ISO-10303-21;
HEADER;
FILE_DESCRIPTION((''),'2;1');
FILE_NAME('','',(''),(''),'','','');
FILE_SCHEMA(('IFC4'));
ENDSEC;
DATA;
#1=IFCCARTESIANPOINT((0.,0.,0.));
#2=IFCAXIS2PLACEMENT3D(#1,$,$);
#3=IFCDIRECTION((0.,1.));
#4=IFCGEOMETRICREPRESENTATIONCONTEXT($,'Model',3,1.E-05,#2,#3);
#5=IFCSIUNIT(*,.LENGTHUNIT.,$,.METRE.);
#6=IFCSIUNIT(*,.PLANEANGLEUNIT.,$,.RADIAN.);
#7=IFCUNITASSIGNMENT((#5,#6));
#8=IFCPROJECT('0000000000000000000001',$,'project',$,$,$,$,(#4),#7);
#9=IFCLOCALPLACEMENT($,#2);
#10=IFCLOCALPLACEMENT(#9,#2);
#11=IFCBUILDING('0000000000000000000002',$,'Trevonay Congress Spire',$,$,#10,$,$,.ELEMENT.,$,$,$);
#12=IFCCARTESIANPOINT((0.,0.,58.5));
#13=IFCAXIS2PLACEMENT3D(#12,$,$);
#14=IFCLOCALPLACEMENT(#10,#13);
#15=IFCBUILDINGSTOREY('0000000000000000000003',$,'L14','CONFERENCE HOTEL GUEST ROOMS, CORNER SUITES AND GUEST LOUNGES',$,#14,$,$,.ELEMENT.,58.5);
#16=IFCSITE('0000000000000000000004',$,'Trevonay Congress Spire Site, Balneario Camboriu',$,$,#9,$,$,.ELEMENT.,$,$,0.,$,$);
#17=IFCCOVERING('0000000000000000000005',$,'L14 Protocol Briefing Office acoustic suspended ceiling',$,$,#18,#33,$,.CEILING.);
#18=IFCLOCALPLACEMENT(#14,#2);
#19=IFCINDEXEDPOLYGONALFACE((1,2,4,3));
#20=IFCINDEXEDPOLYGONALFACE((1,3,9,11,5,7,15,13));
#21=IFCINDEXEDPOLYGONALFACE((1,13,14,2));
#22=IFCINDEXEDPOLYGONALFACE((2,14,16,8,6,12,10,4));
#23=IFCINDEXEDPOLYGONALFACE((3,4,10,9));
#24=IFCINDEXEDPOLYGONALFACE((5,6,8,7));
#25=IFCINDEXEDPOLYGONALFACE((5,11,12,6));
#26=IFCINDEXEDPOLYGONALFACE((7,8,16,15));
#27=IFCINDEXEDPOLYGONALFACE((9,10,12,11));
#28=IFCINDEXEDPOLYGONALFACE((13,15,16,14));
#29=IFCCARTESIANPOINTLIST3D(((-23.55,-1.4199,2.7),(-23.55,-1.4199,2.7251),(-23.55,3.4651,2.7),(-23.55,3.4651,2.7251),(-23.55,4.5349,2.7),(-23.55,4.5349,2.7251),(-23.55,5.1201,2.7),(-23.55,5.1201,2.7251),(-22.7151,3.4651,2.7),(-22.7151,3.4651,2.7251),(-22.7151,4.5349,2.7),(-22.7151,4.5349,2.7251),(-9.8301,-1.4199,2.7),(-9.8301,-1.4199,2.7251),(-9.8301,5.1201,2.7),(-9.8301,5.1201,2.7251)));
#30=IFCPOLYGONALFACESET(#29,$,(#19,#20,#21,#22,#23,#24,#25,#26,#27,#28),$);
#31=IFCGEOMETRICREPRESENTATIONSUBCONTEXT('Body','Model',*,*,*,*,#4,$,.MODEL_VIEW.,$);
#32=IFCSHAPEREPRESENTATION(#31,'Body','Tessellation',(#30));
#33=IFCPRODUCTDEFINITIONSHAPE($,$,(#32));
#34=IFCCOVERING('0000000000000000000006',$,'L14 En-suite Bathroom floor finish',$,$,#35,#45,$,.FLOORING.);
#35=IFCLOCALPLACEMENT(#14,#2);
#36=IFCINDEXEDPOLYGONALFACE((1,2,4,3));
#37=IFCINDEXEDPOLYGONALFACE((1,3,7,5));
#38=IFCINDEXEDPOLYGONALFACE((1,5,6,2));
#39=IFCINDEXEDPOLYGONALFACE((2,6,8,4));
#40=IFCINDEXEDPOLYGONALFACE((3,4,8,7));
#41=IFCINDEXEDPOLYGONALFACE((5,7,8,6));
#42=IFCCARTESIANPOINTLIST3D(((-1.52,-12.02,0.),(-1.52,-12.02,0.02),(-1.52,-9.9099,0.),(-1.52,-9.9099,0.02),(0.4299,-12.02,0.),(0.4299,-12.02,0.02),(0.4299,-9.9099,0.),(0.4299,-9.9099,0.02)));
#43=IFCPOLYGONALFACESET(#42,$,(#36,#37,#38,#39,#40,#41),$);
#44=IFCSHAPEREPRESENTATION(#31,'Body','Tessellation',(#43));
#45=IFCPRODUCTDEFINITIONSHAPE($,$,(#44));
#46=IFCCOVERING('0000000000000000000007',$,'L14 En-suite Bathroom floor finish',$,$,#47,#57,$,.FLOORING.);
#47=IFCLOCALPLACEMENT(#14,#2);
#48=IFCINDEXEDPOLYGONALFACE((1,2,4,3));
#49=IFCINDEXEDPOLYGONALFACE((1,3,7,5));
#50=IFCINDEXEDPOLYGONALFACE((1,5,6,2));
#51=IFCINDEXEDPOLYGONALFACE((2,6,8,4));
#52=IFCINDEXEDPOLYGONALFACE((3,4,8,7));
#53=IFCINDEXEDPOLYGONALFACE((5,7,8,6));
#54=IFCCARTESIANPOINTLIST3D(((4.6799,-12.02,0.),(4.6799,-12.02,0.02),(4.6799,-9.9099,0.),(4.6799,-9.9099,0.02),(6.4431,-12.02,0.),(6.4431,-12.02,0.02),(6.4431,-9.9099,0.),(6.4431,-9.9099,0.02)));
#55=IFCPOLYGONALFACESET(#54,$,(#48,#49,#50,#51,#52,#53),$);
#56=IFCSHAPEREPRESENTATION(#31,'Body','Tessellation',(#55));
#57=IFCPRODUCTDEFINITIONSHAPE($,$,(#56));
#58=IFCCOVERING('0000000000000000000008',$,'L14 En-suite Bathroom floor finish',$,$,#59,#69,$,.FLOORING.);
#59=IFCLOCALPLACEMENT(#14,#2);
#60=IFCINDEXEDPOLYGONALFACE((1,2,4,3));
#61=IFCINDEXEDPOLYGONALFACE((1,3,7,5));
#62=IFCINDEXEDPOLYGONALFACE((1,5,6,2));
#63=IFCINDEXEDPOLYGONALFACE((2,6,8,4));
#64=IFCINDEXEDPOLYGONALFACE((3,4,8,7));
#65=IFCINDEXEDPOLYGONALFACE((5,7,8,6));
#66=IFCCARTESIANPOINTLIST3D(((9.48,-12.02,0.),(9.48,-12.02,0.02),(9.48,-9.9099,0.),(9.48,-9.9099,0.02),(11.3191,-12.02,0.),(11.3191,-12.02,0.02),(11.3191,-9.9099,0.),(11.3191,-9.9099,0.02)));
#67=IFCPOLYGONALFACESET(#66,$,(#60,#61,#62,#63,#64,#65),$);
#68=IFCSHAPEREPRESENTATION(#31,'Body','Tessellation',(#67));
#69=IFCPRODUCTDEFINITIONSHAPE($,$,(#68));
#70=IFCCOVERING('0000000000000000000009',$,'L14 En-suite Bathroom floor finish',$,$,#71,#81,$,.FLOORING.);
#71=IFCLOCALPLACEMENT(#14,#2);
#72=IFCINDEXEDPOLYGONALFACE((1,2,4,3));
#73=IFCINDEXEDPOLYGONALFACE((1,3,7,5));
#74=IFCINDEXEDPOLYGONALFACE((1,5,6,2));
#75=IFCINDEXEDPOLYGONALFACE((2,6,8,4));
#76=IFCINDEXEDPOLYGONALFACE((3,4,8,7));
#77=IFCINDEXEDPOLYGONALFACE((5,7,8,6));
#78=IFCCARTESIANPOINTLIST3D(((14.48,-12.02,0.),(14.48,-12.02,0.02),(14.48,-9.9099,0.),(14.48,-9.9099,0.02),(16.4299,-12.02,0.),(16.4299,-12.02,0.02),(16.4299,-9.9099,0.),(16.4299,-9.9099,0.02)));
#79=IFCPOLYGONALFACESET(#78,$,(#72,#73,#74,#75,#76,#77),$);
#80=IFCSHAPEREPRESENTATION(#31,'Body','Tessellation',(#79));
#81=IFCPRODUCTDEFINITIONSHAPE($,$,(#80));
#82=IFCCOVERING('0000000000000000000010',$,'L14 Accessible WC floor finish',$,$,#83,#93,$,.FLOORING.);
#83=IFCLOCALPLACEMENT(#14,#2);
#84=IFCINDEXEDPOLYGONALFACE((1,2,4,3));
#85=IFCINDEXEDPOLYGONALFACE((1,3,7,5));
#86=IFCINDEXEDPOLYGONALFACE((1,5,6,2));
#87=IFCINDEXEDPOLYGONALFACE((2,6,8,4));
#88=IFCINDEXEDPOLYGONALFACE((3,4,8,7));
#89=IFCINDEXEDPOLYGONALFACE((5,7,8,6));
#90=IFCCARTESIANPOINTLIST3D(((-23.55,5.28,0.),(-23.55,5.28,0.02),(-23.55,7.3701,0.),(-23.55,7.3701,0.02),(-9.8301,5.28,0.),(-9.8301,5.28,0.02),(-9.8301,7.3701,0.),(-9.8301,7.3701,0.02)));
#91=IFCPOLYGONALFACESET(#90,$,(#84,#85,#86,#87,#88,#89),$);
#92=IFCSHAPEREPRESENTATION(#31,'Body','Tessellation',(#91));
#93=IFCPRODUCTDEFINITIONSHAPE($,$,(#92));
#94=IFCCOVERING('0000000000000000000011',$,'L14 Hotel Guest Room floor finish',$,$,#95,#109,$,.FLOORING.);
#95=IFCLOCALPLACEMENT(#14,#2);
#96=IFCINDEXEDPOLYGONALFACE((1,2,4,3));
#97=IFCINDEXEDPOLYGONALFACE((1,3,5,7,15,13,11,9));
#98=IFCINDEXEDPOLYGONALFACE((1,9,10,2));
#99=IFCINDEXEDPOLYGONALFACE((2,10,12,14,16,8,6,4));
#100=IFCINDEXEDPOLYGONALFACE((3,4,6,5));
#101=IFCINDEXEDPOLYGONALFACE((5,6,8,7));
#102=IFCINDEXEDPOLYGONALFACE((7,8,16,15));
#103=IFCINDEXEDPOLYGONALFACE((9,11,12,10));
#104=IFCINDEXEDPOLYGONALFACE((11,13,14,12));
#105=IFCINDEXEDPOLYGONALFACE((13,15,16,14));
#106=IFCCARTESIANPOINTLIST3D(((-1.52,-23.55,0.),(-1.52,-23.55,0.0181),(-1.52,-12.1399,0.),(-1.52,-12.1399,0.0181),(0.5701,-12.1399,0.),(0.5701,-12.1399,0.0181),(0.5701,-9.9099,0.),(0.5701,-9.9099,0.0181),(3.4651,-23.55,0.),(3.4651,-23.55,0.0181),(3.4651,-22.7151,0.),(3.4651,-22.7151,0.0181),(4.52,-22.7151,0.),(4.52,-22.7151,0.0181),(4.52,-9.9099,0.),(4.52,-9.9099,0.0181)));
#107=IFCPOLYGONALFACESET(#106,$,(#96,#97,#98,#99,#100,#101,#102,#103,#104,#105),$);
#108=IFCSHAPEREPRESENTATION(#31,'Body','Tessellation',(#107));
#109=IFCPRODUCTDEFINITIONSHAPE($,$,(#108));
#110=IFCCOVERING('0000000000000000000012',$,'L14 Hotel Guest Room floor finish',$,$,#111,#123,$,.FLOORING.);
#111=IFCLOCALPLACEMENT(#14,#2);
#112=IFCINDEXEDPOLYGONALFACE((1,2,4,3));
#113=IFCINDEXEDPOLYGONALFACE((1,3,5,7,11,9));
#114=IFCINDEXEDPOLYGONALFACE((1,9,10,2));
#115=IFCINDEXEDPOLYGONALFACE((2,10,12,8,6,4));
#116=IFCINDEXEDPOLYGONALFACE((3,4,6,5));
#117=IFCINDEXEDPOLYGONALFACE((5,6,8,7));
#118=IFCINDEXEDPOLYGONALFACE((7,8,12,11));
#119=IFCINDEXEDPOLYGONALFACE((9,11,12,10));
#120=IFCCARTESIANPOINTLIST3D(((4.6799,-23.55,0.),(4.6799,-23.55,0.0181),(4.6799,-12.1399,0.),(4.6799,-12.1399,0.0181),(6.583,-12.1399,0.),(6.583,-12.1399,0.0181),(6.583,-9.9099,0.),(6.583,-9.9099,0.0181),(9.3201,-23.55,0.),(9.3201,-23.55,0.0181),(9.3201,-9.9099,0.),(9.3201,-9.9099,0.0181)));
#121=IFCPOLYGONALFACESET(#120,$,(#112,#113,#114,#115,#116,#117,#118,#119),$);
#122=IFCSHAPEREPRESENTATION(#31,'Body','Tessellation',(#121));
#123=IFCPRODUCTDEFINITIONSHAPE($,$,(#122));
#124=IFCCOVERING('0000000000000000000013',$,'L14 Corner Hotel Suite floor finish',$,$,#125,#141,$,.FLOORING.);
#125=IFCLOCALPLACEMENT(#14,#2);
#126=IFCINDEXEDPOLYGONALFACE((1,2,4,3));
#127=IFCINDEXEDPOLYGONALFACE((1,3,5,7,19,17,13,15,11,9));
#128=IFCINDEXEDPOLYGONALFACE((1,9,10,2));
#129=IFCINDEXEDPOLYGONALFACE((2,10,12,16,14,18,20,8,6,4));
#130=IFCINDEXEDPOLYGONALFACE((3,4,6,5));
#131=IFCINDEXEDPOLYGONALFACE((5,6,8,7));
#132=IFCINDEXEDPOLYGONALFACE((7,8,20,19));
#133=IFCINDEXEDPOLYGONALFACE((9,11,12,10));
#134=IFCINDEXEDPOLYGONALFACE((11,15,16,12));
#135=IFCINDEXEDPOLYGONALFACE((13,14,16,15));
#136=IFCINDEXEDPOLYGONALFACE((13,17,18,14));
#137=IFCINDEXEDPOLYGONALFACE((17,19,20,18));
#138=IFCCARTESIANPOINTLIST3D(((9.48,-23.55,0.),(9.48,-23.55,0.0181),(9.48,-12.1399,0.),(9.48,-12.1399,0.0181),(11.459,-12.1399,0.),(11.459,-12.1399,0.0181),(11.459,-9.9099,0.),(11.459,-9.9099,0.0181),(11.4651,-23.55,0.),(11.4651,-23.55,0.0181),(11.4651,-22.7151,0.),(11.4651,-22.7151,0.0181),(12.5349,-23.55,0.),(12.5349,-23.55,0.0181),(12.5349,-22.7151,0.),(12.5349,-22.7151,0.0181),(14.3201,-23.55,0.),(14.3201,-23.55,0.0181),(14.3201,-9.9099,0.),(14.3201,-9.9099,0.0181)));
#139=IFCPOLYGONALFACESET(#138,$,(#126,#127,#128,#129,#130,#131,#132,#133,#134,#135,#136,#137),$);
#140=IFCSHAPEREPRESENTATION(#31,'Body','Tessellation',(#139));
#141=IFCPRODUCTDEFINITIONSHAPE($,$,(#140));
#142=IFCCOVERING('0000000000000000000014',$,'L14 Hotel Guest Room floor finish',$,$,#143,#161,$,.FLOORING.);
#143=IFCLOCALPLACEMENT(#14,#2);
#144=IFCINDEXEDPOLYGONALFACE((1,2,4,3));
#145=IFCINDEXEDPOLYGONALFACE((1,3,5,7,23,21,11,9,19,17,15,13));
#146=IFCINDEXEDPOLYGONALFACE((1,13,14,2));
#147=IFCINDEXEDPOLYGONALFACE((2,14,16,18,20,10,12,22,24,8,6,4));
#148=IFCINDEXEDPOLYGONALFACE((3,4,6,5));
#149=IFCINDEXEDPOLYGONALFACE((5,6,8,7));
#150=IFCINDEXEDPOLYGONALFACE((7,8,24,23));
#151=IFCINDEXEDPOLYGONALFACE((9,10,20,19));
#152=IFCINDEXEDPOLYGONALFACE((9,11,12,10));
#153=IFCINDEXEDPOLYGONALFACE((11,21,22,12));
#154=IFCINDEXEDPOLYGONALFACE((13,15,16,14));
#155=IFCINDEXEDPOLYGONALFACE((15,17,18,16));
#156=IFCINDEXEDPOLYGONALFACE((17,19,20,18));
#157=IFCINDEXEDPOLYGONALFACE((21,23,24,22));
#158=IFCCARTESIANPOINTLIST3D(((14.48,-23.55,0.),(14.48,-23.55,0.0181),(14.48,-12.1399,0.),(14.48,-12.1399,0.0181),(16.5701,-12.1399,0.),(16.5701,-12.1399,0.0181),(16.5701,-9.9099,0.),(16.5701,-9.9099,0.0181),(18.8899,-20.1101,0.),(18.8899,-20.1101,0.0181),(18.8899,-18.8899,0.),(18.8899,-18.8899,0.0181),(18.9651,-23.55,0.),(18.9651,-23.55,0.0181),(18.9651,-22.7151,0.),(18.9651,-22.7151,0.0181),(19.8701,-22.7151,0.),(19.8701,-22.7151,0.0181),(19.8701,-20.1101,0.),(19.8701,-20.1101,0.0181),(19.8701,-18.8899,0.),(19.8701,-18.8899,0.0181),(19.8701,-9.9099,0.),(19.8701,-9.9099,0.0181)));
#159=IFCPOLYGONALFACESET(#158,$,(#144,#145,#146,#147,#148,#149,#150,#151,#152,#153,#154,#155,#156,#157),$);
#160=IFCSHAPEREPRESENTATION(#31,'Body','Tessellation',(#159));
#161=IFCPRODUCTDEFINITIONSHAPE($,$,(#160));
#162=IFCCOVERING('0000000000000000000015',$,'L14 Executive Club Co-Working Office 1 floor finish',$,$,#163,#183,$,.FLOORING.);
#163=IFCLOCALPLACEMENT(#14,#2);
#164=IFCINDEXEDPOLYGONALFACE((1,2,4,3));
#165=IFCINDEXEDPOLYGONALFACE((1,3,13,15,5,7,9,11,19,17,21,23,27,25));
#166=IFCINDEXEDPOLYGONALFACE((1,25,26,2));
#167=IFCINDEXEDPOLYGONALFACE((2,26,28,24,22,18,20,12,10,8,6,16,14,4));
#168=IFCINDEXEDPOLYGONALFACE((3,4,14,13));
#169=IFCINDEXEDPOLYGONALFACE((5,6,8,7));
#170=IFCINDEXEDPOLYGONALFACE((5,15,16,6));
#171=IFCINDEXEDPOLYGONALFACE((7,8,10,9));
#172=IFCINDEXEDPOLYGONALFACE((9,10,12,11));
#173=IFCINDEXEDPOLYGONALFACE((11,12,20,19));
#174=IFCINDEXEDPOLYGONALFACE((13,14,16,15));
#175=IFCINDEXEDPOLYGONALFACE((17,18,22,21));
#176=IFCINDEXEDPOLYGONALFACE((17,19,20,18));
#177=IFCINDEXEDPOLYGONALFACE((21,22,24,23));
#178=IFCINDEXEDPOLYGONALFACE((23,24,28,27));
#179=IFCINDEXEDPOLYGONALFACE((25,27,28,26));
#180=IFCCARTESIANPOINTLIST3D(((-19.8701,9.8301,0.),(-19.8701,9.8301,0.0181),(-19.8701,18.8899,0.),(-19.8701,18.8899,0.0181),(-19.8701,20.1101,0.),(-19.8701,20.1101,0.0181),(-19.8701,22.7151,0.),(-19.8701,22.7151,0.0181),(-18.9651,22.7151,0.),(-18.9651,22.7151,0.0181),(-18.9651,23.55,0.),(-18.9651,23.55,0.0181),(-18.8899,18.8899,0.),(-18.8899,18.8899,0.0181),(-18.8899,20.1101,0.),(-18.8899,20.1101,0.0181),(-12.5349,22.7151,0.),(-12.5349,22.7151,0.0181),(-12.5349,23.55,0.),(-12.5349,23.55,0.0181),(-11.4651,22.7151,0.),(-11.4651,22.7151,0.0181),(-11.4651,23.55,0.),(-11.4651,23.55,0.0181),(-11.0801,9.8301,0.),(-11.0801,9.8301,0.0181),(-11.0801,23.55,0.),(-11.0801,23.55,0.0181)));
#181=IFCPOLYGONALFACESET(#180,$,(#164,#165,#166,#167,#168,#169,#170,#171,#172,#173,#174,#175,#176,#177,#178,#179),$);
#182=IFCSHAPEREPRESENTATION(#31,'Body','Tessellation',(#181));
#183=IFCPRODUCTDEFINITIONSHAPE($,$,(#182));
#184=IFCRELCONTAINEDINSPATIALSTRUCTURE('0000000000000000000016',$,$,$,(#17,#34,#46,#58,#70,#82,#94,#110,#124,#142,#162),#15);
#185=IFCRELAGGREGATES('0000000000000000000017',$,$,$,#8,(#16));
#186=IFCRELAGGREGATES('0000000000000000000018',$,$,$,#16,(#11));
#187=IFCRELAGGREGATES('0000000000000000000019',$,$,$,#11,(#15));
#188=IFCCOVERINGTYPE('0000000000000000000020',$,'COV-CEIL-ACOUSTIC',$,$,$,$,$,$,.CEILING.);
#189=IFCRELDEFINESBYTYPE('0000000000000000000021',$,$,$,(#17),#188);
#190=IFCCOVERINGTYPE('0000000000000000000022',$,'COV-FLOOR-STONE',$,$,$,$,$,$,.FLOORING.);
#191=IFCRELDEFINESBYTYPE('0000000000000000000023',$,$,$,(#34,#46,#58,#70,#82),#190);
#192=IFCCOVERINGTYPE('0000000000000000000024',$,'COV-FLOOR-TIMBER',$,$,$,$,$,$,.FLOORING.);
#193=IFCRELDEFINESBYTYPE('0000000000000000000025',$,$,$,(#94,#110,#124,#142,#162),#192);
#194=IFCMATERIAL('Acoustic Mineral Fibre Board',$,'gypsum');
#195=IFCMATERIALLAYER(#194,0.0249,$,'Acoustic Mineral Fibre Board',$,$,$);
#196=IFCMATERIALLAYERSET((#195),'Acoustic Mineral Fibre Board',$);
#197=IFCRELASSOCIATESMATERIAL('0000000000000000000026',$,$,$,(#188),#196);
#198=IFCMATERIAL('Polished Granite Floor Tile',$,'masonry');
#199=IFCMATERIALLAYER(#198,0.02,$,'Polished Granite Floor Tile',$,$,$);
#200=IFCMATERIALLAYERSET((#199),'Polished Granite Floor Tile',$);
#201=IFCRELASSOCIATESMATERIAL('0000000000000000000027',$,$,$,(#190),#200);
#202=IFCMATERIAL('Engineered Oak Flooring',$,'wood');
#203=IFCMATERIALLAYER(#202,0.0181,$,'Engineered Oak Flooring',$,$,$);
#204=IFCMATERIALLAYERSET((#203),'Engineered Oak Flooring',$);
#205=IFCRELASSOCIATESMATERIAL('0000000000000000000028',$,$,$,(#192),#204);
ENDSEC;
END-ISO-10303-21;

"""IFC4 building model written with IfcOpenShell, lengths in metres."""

from ifc_helpers import new_model, si_unit, direction, frame, origin, place, context, subcontext, project, spatial, polyline, outline, extrude, material, layer, layer_set, type_object, element, save


model = new_model("IFC4")

# Units and contexts
model_context = context("Model", 3, precision=1e-05, world=origin(), true_north=direction((0.0, 1.0)))
body_context = subcontext(model_context, "Body", "Model", "MODEL_VIEW")
ifc_project = project(units=[si_unit("LENGTHUNIT", "METRE"), si_unit("PLANEANGLEUNIT", "RADIAN")], contexts=[model_context])

# Site, building, storey
site_placement = place(None, origin())
site = spatial("IfcSite", under=ifc_project, at=site_placement, Name="Trevonay Congress Spire Site, Balneario Camboriu", CompositionType="ELEMENT", RefElevation=0.0)
building_placement = place(site_placement, origin())
building = spatial("IfcBuilding", under=site, at=building_placement, Name="Trevonay Congress Spire", CompositionType="ELEMENT")
storey_placement = place(building_placement, frame((0.0, 0.0, 58.5)))
storey = spatial("IfcBuildingStorey", under=building, at=storey_placement, Name="L14", Description="CONFERENCE HOTEL GUEST ROOMS, CORNER SUITES AND GUEST LOUNGES", CompositionType="ELEMENT", Elevation=58.5)

# Coverings
ifc_material_1 = material(Name="Acoustic Mineral Fibre Board", Category="gypsum")
ifc_layer_1 = layer(ifc_material_1, 0.0249, Name="Acoustic Mineral Fibre Board")
ifc_layer_set_1 = layer_set([ifc_layer_1], Name="Acoustic Mineral Fibre Board")
covering_type_1 = type_object("IfcCoveringType", Name="COV-CEIL-ACOUSTIC", PredefinedType="CEILING", material=ifc_layer_set_1)
covering_1_placement = place(storey_placement, frame((0.0, 0.0, 2.7)))
element("IfcCovering", 1, at=covering_1_placement, inside=storey, type_object=covering_type_1, Name="L14 Protocol Briefing Office acoustic suspended ceiling", PredefinedType="CEILING", context=body_context, shape_type="SweptSolid", body=[
    extrude(outline(polyline([(-23.55, 5.1201), (-9.8301, 5.1201), (-9.8301, -1.4199), (-23.55, -1.4199), (-23.55, 3.4651), (-22.7151, 3.4651), (-22.7151, 4.5349), (-23.55, 4.5349), (-23.55, 5.1201)])), origin(), (0.0, 0.0, 1.0), 0.0251),
])
ifc_material_2 = material(Name="Polished Granite Floor Tile", Category="masonry")
ifc_layer_2 = layer(ifc_material_2, 0.02, Name="Polished Granite Floor Tile")
ifc_layer_set_2 = layer_set([ifc_layer_2], Name="Polished Granite Floor Tile")
covering_type_2 = type_object("IfcCoveringType", Name="COV-FLOOR-STONE", PredefinedType="FLOORING", material=ifc_layer_set_2)
covering_2_placement = place(storey_placement, origin())
element("IfcCovering", 2, at=covering_2_placement, inside=storey, type_object=covering_type_2, Name="L14 En-suite Bathroom floor finish", PredefinedType="FLOORING", context=body_context, shape_type="SweptSolid", body=[
    extrude(outline(polyline([(-1.52, -12.02), (0.4299, -12.02), (0.4299, -9.9099), (-1.52, -9.9099), (-1.52, -12.02)])), origin(), (0.0, 0.0, 1.0), 0.02),
])
covering_3_placement = place(storey_placement, origin())
element("IfcCovering", 3, at=covering_3_placement, inside=storey, type_object=covering_type_2, Name="L14 En-suite Bathroom floor finish", PredefinedType="FLOORING", context=body_context, shape_type="SweptSolid", body=[
    extrude(outline(polyline([(4.6799, -12.02), (6.4431, -12.02), (6.4431, -9.9099), (4.6799, -9.9099), (4.6799, -12.02)])), origin(), (0.0, 0.0, 1.0), 0.02),
])
covering_4_placement = place(storey_placement, origin())
element("IfcCovering", 4, at=covering_4_placement, inside=storey, type_object=covering_type_2, Name="L14 En-suite Bathroom floor finish", PredefinedType="FLOORING", context=body_context, shape_type="SweptSolid", body=[
    extrude(outline(polyline([(9.48, -12.02), (11.3191, -12.02), (11.3191, -9.9099), (9.48, -9.9099), (9.48, -12.02)])), origin(), (0.0, 0.0, 1.0), 0.02),
])
covering_5_placement = place(storey_placement, origin())
element("IfcCovering", 5, at=covering_5_placement, inside=storey, type_object=covering_type_2, Name="L14 En-suite Bathroom floor finish", PredefinedType="FLOORING", context=body_context, shape_type="SweptSolid", body=[
    extrude(outline(polyline([(14.48, -12.02), (16.4299, -12.02), (16.4299, -9.9099), (14.48, -9.9099), (14.48, -12.02)])), origin(), (0.0, 0.0, 1.0), 0.02),
])
covering_6_placement = place(storey_placement, origin())
element("IfcCovering", 6, at=covering_6_placement, inside=storey, type_object=covering_type_2, Name="L14 Accessible WC floor finish", PredefinedType="FLOORING", context=body_context, shape_type="SweptSolid", body=[
    extrude(outline(polyline([(-23.55, 5.28), (-9.8301, 5.28), (-9.8301, 7.3701), (-23.55, 7.3701), (-23.55, 5.28)])), origin(), (0.0, 0.0, 1.0), 0.02),
])
ifc_material_3 = material(Name="Engineered Oak Flooring", Category="wood")
ifc_layer_3 = layer(ifc_material_3, 0.0181, Name="Engineered Oak Flooring")
ifc_layer_set_3 = layer_set([ifc_layer_3], Name="Engineered Oak Flooring")
covering_type_3 = type_object("IfcCoveringType", Name="COV-FLOOR-TIMBER", PredefinedType="FLOORING", material=ifc_layer_set_3)
covering_7_placement = place(storey_placement, origin())
element("IfcCovering", 7, at=covering_7_placement, inside=storey, type_object=covering_type_3, Name="L14 Hotel Guest Room floor finish", PredefinedType="FLOORING", context=body_context, shape_type="SweptSolid", body=[
    extrude(outline(polyline([(-1.52, -23.55), (-1.52, -12.1399), (0.5701, -12.1399), (0.5701, -9.9099), (4.52, -9.9099), (4.52, -22.7151), (3.4651, -22.7151), (3.4651, -23.55), (-1.52, -23.55)])), origin(), (0.0, 0.0, 1.0), 0.0181),
])
covering_8_placement = place(storey_placement, origin())
element("IfcCovering", 8, at=covering_8_placement, inside=storey, type_object=covering_type_3, Name="L14 Hotel Guest Room floor finish", PredefinedType="FLOORING", context=body_context, shape_type="SweptSolid", body=[
    extrude(outline(polyline([(4.6799, -23.55), (9.3201, -23.55), (9.3201, -9.9099), (6.583, -9.9099), (6.583, -12.1399), (4.6799, -12.1399), (4.6799, -23.55)])), origin(), (0.0, 0.0, 1.0), 0.0181),
])
covering_9_placement = place(storey_placement, origin())
element("IfcCovering", 9, at=covering_9_placement, inside=storey, type_object=covering_type_3, Name="L14 Corner Hotel Suite floor finish", PredefinedType="FLOORING", context=body_context, shape_type="SweptSolid", body=[
    extrude(outline(polyline([(9.48, -23.55), (9.48, -12.1399), (11.459, -12.1399), (11.459, -9.9099), (14.3201, -9.9099), (14.3201, -23.55), (12.5349, -23.55), (12.5349, -22.7151), (11.4651, -22.7151), (11.4651, -23.55), (9.48, -23.55)])), origin(), (0.0, 0.0, 1.0), 0.0181),
])
covering_10_placement = place(storey_placement, origin())
element("IfcCovering", 10, at=covering_10_placement, inside=storey, type_object=covering_type_3, Name="L14 Hotel Guest Room floor finish", PredefinedType="FLOORING", context=body_context, shape_type="SweptSolid", body=[
    extrude(outline(polyline([(14.48, -23.55), (14.48, -12.1399), (16.5701, -12.1399), (16.5701, -9.9099), (19.8701, -9.9099), (19.8701, -18.8899), (18.8899, -18.8899), (18.8899, -20.1101), (19.8701, -20.1101), (19.8701, -22.7151), (18.9651, -22.7151), (18.9651, -23.55), (14.48, -23.55)])), origin(), (0.0, 0.0, 1.0), 0.0181),
])
covering_11_placement = place(storey_placement, origin())
element("IfcCovering", 11, at=covering_11_placement, inside=storey, type_object=covering_type_3, Name="L14 Executive Club Co-Working Office 1 floor finish", PredefinedType="FLOORING", context=body_context, shape_type="SweptSolid", body=[
    extrude(outline(polyline([(-11.0801, 23.55), (-11.0801, 9.8301), (-19.8701, 9.8301), (-19.8701, 18.8899), (-18.8899, 18.8899), (-18.8899, 20.1101), (-19.8701, 20.1101), (-19.8701, 22.7151), (-18.9651, 22.7151), (-18.9651, 23.55), (-12.5349, 23.55), (-12.5349, 22.7151), (-11.4651, 22.7151), (-11.4651, 23.55), (-11.0801, 23.55)])), origin(), (0.0, 0.0, 1.0), 0.0181),
])

save(model, "model.ifc")
